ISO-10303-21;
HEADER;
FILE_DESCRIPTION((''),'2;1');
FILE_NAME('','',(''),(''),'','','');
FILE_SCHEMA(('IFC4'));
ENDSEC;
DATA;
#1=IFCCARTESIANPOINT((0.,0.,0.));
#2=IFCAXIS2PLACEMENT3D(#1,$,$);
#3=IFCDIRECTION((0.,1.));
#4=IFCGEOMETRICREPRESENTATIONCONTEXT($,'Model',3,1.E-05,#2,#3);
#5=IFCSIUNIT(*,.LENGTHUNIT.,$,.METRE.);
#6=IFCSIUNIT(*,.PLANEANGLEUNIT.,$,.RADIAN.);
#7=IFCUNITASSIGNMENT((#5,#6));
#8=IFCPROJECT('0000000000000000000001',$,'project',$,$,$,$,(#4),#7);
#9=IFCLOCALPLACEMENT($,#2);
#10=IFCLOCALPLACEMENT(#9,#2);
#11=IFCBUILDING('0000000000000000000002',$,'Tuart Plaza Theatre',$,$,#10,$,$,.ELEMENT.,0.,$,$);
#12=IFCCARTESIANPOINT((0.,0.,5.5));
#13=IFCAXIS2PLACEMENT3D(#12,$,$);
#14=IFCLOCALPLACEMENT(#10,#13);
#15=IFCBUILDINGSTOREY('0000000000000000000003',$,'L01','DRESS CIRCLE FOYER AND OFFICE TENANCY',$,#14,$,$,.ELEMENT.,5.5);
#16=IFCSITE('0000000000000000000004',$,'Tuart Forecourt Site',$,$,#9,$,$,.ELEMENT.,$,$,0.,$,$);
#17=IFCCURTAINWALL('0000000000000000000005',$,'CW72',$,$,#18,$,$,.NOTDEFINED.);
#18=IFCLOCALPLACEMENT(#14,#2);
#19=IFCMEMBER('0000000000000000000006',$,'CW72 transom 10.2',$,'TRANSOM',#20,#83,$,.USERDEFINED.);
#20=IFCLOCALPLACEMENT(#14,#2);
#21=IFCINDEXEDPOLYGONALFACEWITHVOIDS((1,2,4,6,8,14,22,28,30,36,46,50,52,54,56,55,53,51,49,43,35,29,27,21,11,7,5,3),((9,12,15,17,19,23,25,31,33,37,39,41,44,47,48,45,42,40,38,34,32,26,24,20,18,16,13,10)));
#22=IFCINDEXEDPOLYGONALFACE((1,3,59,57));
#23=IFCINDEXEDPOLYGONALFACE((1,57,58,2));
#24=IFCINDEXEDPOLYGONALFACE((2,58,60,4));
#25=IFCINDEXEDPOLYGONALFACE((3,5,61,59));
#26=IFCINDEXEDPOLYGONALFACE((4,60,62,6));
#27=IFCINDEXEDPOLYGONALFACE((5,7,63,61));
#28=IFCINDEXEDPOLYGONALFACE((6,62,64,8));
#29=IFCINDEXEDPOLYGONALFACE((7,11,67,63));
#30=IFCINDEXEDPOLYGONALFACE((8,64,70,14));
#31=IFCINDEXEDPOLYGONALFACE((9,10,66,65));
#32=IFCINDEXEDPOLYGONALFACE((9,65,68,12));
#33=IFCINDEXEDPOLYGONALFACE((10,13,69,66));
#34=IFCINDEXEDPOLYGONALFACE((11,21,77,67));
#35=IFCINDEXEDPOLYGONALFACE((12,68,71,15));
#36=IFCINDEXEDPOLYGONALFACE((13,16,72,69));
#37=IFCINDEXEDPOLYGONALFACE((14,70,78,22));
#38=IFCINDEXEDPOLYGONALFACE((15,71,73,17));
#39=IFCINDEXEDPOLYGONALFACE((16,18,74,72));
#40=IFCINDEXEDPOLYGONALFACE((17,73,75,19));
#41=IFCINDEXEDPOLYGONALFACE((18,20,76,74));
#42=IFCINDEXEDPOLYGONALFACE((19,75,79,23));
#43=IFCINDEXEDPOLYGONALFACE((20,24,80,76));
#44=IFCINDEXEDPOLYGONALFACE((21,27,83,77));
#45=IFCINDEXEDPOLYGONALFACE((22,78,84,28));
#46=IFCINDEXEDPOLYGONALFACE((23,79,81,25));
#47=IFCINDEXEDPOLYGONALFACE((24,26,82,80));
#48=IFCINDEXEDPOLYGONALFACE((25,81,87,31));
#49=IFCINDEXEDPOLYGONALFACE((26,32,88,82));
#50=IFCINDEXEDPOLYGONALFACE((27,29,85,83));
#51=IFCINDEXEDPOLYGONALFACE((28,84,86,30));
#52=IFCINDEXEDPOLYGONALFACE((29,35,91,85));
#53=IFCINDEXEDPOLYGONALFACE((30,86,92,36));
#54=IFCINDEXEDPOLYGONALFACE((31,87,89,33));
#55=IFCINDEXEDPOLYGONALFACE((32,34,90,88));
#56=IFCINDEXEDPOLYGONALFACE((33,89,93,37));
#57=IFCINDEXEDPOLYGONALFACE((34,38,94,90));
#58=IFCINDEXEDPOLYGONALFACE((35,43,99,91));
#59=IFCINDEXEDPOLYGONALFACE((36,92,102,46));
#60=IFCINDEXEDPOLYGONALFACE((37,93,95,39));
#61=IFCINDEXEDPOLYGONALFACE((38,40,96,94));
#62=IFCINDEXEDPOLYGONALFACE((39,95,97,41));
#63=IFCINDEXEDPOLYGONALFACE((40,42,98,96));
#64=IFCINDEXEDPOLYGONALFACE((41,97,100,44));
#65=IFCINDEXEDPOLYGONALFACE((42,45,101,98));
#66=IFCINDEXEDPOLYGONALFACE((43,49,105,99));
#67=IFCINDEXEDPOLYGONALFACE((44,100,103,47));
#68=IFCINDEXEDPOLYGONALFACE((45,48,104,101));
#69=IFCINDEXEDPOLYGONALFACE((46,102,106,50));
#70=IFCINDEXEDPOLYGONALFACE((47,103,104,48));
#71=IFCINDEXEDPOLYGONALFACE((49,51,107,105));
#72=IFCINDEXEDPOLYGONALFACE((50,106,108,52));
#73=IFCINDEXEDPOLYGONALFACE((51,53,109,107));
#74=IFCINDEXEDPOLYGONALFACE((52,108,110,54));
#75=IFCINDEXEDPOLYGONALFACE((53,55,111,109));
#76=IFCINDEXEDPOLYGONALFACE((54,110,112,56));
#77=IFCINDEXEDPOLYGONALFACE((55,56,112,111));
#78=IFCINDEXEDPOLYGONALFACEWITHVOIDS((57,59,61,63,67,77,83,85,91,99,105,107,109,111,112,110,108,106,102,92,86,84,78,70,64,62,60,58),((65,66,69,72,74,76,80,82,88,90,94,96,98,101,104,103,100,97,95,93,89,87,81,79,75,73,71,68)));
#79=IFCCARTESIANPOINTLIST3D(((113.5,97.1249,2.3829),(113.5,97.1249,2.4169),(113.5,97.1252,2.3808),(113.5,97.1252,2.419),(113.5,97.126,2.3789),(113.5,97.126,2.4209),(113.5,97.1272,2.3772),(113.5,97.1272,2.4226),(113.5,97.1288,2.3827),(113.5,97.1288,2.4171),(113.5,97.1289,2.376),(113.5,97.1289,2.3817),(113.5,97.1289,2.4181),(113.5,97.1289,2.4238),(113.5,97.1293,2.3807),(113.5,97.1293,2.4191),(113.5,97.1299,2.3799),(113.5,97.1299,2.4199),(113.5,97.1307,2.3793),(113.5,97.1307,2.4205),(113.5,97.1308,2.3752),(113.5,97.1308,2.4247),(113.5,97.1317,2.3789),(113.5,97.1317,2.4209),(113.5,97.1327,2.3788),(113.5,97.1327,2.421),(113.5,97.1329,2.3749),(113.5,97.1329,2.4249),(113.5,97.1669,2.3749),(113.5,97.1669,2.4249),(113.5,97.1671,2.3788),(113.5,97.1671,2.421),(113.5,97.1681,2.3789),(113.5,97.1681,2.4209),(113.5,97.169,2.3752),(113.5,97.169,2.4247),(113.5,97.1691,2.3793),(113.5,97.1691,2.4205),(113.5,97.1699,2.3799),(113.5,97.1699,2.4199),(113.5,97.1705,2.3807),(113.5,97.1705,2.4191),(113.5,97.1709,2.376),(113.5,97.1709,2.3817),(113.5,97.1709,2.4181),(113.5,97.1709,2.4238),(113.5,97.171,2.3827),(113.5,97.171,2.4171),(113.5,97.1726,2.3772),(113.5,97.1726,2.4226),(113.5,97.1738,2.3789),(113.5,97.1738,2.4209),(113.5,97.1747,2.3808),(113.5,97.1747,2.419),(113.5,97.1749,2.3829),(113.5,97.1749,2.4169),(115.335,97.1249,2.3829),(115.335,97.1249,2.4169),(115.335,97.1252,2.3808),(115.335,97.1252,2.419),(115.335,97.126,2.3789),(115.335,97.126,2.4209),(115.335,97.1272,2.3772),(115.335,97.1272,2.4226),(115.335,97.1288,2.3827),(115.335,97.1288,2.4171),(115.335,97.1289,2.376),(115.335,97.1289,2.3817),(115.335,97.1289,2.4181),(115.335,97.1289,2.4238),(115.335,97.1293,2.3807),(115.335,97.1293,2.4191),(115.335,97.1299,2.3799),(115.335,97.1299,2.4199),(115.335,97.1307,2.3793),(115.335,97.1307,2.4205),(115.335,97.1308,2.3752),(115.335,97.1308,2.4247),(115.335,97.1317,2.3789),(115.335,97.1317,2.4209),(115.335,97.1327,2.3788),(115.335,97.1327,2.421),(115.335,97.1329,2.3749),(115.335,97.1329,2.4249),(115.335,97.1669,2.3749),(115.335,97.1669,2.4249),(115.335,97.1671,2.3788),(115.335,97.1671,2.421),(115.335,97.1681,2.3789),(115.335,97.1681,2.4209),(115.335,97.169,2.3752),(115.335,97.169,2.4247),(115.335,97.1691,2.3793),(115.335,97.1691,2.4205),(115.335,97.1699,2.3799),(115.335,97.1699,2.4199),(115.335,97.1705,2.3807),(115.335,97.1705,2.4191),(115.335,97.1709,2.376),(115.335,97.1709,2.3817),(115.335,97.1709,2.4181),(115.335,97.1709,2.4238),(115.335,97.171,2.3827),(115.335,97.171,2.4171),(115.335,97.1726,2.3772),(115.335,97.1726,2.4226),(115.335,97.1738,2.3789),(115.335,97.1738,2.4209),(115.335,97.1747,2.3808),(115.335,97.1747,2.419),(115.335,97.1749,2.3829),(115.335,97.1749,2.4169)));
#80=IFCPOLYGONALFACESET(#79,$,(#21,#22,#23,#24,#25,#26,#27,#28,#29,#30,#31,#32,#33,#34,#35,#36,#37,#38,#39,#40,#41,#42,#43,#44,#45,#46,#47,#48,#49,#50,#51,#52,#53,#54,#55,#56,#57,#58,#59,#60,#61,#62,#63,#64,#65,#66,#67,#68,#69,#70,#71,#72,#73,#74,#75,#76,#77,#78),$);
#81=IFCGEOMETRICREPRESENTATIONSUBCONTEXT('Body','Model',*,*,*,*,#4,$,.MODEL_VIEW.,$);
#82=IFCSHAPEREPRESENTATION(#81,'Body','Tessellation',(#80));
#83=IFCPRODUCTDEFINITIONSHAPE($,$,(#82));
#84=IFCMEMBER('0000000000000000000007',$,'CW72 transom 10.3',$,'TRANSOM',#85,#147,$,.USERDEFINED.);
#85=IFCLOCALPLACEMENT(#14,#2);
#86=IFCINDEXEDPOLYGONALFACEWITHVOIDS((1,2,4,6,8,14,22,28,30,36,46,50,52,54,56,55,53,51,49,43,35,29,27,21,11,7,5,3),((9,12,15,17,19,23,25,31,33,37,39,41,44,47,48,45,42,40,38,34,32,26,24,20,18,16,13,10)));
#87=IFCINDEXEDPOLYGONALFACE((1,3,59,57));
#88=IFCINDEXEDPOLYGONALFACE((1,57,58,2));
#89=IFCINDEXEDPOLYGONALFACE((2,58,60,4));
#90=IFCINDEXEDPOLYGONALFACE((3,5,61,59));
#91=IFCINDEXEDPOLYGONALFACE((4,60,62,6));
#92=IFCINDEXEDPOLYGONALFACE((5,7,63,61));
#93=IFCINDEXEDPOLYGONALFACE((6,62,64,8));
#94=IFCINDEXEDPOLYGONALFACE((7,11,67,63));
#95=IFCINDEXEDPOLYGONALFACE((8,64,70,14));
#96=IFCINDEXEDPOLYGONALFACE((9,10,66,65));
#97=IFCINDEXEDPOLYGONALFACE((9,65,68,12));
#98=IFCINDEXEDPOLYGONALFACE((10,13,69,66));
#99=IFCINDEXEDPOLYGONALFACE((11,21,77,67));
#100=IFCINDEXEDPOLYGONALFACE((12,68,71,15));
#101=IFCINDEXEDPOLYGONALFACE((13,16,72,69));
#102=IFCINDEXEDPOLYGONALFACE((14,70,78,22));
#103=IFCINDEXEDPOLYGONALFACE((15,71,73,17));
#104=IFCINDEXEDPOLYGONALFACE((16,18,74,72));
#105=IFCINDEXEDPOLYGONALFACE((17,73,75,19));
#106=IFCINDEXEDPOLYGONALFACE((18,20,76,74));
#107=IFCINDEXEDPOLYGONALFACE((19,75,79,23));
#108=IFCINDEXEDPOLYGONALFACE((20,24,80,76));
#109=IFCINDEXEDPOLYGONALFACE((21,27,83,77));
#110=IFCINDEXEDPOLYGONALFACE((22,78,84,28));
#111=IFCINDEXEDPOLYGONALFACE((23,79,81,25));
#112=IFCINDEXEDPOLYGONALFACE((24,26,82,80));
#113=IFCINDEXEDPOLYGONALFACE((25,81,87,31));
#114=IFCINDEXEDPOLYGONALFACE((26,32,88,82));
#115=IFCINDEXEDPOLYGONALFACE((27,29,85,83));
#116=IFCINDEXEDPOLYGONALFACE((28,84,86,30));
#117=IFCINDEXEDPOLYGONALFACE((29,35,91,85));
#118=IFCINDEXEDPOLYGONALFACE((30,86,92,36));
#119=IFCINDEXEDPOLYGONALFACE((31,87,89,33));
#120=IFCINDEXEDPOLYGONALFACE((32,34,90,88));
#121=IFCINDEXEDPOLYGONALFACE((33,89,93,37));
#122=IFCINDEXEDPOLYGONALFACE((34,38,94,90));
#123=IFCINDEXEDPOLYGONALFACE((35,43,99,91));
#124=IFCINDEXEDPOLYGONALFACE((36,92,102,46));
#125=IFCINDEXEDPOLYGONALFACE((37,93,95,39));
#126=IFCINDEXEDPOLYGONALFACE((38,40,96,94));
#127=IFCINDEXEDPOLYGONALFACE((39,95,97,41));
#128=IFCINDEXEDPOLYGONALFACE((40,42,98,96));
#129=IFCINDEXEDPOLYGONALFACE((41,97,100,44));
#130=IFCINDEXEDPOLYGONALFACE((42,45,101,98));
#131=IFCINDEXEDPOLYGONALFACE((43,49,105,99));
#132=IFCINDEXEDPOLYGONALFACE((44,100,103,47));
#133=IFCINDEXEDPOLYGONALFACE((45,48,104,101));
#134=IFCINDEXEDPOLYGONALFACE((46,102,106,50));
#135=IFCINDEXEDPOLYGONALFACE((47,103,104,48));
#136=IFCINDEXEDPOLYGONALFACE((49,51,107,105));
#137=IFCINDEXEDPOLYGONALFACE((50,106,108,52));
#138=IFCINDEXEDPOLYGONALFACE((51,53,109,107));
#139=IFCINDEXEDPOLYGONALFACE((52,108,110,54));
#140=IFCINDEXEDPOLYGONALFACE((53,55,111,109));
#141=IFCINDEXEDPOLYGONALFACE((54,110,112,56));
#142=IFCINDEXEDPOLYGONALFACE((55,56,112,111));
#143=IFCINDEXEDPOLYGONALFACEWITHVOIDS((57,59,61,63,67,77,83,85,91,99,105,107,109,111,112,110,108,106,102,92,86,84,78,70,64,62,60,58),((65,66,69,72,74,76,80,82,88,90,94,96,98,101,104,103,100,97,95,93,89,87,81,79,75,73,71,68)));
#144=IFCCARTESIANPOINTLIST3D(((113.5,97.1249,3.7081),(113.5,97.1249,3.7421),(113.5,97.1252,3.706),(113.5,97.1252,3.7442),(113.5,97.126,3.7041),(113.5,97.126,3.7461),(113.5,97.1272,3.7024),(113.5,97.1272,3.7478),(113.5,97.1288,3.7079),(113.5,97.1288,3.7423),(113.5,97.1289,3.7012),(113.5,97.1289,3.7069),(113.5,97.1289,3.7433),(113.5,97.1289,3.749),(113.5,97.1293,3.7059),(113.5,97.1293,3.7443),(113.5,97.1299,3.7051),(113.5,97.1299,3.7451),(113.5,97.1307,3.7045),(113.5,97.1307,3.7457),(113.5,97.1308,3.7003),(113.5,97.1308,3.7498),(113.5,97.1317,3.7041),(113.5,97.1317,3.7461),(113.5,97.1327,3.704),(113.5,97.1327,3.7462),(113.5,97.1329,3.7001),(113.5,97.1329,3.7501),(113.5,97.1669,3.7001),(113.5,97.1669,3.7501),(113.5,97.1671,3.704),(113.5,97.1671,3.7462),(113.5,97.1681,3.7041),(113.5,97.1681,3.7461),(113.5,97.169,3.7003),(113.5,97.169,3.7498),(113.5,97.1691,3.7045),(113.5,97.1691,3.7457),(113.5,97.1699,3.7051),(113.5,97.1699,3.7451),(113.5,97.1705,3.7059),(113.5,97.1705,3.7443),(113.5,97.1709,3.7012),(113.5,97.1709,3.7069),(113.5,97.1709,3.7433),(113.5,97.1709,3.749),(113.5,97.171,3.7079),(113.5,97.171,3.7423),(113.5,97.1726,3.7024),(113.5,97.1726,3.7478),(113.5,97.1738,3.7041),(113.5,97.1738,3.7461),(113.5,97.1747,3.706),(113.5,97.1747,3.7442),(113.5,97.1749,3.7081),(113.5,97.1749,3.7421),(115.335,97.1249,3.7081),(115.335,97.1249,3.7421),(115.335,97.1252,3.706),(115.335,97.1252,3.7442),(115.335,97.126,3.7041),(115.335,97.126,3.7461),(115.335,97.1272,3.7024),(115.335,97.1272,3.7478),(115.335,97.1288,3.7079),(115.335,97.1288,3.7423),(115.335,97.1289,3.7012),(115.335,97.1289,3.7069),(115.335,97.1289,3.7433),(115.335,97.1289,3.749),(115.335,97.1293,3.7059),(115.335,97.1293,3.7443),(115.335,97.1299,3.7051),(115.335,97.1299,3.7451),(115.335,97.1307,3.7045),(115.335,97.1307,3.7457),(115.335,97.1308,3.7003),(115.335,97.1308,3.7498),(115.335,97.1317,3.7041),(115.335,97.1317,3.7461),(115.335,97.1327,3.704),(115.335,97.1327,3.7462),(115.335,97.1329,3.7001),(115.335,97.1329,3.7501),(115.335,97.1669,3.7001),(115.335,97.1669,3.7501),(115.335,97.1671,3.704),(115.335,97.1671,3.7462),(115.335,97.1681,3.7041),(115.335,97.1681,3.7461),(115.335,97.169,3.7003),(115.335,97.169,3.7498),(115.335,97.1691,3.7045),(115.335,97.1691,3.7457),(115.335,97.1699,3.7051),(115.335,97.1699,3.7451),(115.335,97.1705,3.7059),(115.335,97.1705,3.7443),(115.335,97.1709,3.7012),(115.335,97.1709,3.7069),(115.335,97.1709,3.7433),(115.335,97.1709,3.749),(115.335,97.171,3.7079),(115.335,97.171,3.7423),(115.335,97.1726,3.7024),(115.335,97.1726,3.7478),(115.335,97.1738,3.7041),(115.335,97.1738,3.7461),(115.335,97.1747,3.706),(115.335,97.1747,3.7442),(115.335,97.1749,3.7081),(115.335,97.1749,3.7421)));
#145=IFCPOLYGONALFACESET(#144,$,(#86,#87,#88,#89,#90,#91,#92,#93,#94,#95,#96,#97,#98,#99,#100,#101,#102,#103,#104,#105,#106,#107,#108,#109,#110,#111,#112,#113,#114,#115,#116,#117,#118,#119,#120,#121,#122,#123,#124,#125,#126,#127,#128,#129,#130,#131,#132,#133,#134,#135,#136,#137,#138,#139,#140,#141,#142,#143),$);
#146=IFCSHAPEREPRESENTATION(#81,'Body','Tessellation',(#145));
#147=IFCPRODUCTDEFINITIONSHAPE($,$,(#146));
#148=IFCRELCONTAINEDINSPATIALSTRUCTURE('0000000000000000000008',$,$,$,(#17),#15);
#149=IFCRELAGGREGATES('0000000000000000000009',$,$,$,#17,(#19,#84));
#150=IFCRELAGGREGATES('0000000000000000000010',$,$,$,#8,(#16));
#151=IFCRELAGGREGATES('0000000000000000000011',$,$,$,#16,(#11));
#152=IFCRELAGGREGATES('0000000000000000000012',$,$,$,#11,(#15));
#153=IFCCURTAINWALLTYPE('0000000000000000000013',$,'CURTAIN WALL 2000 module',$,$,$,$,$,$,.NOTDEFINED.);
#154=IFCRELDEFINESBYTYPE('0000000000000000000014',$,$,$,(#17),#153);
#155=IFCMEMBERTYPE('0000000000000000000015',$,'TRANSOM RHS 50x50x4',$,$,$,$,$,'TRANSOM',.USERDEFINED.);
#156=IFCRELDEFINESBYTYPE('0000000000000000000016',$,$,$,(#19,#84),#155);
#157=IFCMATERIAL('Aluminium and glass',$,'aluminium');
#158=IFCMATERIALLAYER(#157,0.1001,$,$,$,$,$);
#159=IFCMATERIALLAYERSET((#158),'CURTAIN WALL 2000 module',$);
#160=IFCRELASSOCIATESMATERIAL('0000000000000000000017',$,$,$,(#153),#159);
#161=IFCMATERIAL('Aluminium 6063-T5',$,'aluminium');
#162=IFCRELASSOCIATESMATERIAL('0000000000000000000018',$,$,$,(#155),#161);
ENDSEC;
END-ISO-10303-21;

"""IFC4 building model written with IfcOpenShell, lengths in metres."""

from ifc_helpers import new_model, si_unit, direction, frame, origin, origin_2d, place, context, subcontext, project, spatial, hollow_rectangle, extrude, material, layer, layer_set, material_profile, profile_set, type_object, element, aggregate, save


model = new_model("IFC4")

# Units and contexts
model_context = context("Model", 3, precision=1e-05, world=origin(), true_north=direction((0.0, 1.0)))
body_context = subcontext(model_context, "Body", "Model", "MODEL_VIEW")
ifc_project = project(units=[si_unit("LENGTHUNIT", "METRE"), si_unit("PLANEANGLEUNIT", "RADIAN")], contexts=[model_context])

# Site, building, storey
site_placement = place(None, origin())
site = spatial("IfcSite", under=ifc_project, at=site_placement, Name="Tuart Forecourt Site", CompositionType="ELEMENT", RefElevation=0.0)
building_placement = place(site_placement, origin())
building = spatial("IfcBuilding", under=site, at=building_placement, Name="Tuart Plaza Theatre", CompositionType="ELEMENT", ElevationOfRefHeight=0.0)
storey_placement = place(building_placement, frame((0.0, 0.0, 5.5)))
storey = spatial("IfcBuildingStorey", under=building, at=storey_placement, Name="L01", Description="DRESS CIRCLE FOYER AND OFFICE TENANCY", CompositionType="ELEMENT", Elevation=5.5)

# Curtain wall
ifc_material_1 = material(Name="Aluminium and glass", Category="aluminium")
ifc_layer_1 = layer(ifc_material_1, 0.1001)
ifc_layer_set_1 = layer_set([ifc_layer_1], Name="CURTAIN WALL 2000 module")
curtain_wall_type = type_object("IfcCurtainWallType", Name="CURTAIN WALL 2000 module", PredefinedType="NOTDEFINED", material=ifc_layer_set_1)
curtain_wall_1_placement = place(storey_placement, origin())
curtain_wall_1 = element("IfcCurtainWall", 1, at=curtain_wall_1_placement, inside=storey, type_object=curtain_wall_type, Name="CW72", PredefinedType="NOTDEFINED")

# Members
ifc_material_2 = material(Name="Aluminium 6063-T5", Category="aluminium")
ifc_material_profile_1 = material_profile(ifc_material_2, hollow_rectangle(XDim=0.05, YDim=0.05, WallThickness=0.0039, InnerFilletRadius=0.0039, OuterFilletRadius=0.0081, at=origin_2d()), Name="RHS 50x50x4")
ifc_profile_set_1 = profile_set([ifc_material_profile_1], Name="Aluminium 6063-T5")
member_type_1 = type_object("IfcMemberType", Name="TRANSOM RHS 50x50x4", ElementType="TRANSOM", PredefinedType="USERDEFINED", material=ifc_profile_set_1)
member_1_placement = place(storey_placement, frame((115.335, 97.1499, 2.3999), z_axis=(-1.0, 0.0, 0.0), x_axis=(0.0, -1.0, 0.0)))
member_1 = element("IfcMember", 2, at=member_1_placement, type_object=member_type_1, Name="CW72 transom 10.2", ObjectType="TRANSOM", PredefinedType="USERDEFINED", context=body_context, shape_type="SweptSolid", body=[
    extrude(hollow_rectangle(XDim=0.05, YDim=0.05, WallThickness=0.0039, InnerFilletRadius=0.0039, OuterFilletRadius=0.0081, at=origin_2d()), origin(), (0.0, 0.0, 1.0), 1.835),
])
member_2_placement = place(storey_placement, frame((115.335, 97.1499, 3.7251), z_axis=(-1.0, 0.0, 0.0), x_axis=(0.0, -1.0, 0.0)))
member_2 = element("IfcMember", 3, at=member_2_placement, type_object=member_type_1, Name="CW72 transom 10.3", ObjectType="TRANSOM", PredefinedType="USERDEFINED", context=body_context, shape_type="SweptSolid", body=[
    extrude(hollow_rectangle(XDim=0.05, YDim=0.05, WallThickness=0.0039, InnerFilletRadius=0.0039, OuterFilletRadius=0.0081, at=origin_2d()), origin(), (0.0, 0.0, 1.0), 1.835),
])

aggregate(curtain_wall_1, [member_1, member_2])

save(model, "model.ifc")
